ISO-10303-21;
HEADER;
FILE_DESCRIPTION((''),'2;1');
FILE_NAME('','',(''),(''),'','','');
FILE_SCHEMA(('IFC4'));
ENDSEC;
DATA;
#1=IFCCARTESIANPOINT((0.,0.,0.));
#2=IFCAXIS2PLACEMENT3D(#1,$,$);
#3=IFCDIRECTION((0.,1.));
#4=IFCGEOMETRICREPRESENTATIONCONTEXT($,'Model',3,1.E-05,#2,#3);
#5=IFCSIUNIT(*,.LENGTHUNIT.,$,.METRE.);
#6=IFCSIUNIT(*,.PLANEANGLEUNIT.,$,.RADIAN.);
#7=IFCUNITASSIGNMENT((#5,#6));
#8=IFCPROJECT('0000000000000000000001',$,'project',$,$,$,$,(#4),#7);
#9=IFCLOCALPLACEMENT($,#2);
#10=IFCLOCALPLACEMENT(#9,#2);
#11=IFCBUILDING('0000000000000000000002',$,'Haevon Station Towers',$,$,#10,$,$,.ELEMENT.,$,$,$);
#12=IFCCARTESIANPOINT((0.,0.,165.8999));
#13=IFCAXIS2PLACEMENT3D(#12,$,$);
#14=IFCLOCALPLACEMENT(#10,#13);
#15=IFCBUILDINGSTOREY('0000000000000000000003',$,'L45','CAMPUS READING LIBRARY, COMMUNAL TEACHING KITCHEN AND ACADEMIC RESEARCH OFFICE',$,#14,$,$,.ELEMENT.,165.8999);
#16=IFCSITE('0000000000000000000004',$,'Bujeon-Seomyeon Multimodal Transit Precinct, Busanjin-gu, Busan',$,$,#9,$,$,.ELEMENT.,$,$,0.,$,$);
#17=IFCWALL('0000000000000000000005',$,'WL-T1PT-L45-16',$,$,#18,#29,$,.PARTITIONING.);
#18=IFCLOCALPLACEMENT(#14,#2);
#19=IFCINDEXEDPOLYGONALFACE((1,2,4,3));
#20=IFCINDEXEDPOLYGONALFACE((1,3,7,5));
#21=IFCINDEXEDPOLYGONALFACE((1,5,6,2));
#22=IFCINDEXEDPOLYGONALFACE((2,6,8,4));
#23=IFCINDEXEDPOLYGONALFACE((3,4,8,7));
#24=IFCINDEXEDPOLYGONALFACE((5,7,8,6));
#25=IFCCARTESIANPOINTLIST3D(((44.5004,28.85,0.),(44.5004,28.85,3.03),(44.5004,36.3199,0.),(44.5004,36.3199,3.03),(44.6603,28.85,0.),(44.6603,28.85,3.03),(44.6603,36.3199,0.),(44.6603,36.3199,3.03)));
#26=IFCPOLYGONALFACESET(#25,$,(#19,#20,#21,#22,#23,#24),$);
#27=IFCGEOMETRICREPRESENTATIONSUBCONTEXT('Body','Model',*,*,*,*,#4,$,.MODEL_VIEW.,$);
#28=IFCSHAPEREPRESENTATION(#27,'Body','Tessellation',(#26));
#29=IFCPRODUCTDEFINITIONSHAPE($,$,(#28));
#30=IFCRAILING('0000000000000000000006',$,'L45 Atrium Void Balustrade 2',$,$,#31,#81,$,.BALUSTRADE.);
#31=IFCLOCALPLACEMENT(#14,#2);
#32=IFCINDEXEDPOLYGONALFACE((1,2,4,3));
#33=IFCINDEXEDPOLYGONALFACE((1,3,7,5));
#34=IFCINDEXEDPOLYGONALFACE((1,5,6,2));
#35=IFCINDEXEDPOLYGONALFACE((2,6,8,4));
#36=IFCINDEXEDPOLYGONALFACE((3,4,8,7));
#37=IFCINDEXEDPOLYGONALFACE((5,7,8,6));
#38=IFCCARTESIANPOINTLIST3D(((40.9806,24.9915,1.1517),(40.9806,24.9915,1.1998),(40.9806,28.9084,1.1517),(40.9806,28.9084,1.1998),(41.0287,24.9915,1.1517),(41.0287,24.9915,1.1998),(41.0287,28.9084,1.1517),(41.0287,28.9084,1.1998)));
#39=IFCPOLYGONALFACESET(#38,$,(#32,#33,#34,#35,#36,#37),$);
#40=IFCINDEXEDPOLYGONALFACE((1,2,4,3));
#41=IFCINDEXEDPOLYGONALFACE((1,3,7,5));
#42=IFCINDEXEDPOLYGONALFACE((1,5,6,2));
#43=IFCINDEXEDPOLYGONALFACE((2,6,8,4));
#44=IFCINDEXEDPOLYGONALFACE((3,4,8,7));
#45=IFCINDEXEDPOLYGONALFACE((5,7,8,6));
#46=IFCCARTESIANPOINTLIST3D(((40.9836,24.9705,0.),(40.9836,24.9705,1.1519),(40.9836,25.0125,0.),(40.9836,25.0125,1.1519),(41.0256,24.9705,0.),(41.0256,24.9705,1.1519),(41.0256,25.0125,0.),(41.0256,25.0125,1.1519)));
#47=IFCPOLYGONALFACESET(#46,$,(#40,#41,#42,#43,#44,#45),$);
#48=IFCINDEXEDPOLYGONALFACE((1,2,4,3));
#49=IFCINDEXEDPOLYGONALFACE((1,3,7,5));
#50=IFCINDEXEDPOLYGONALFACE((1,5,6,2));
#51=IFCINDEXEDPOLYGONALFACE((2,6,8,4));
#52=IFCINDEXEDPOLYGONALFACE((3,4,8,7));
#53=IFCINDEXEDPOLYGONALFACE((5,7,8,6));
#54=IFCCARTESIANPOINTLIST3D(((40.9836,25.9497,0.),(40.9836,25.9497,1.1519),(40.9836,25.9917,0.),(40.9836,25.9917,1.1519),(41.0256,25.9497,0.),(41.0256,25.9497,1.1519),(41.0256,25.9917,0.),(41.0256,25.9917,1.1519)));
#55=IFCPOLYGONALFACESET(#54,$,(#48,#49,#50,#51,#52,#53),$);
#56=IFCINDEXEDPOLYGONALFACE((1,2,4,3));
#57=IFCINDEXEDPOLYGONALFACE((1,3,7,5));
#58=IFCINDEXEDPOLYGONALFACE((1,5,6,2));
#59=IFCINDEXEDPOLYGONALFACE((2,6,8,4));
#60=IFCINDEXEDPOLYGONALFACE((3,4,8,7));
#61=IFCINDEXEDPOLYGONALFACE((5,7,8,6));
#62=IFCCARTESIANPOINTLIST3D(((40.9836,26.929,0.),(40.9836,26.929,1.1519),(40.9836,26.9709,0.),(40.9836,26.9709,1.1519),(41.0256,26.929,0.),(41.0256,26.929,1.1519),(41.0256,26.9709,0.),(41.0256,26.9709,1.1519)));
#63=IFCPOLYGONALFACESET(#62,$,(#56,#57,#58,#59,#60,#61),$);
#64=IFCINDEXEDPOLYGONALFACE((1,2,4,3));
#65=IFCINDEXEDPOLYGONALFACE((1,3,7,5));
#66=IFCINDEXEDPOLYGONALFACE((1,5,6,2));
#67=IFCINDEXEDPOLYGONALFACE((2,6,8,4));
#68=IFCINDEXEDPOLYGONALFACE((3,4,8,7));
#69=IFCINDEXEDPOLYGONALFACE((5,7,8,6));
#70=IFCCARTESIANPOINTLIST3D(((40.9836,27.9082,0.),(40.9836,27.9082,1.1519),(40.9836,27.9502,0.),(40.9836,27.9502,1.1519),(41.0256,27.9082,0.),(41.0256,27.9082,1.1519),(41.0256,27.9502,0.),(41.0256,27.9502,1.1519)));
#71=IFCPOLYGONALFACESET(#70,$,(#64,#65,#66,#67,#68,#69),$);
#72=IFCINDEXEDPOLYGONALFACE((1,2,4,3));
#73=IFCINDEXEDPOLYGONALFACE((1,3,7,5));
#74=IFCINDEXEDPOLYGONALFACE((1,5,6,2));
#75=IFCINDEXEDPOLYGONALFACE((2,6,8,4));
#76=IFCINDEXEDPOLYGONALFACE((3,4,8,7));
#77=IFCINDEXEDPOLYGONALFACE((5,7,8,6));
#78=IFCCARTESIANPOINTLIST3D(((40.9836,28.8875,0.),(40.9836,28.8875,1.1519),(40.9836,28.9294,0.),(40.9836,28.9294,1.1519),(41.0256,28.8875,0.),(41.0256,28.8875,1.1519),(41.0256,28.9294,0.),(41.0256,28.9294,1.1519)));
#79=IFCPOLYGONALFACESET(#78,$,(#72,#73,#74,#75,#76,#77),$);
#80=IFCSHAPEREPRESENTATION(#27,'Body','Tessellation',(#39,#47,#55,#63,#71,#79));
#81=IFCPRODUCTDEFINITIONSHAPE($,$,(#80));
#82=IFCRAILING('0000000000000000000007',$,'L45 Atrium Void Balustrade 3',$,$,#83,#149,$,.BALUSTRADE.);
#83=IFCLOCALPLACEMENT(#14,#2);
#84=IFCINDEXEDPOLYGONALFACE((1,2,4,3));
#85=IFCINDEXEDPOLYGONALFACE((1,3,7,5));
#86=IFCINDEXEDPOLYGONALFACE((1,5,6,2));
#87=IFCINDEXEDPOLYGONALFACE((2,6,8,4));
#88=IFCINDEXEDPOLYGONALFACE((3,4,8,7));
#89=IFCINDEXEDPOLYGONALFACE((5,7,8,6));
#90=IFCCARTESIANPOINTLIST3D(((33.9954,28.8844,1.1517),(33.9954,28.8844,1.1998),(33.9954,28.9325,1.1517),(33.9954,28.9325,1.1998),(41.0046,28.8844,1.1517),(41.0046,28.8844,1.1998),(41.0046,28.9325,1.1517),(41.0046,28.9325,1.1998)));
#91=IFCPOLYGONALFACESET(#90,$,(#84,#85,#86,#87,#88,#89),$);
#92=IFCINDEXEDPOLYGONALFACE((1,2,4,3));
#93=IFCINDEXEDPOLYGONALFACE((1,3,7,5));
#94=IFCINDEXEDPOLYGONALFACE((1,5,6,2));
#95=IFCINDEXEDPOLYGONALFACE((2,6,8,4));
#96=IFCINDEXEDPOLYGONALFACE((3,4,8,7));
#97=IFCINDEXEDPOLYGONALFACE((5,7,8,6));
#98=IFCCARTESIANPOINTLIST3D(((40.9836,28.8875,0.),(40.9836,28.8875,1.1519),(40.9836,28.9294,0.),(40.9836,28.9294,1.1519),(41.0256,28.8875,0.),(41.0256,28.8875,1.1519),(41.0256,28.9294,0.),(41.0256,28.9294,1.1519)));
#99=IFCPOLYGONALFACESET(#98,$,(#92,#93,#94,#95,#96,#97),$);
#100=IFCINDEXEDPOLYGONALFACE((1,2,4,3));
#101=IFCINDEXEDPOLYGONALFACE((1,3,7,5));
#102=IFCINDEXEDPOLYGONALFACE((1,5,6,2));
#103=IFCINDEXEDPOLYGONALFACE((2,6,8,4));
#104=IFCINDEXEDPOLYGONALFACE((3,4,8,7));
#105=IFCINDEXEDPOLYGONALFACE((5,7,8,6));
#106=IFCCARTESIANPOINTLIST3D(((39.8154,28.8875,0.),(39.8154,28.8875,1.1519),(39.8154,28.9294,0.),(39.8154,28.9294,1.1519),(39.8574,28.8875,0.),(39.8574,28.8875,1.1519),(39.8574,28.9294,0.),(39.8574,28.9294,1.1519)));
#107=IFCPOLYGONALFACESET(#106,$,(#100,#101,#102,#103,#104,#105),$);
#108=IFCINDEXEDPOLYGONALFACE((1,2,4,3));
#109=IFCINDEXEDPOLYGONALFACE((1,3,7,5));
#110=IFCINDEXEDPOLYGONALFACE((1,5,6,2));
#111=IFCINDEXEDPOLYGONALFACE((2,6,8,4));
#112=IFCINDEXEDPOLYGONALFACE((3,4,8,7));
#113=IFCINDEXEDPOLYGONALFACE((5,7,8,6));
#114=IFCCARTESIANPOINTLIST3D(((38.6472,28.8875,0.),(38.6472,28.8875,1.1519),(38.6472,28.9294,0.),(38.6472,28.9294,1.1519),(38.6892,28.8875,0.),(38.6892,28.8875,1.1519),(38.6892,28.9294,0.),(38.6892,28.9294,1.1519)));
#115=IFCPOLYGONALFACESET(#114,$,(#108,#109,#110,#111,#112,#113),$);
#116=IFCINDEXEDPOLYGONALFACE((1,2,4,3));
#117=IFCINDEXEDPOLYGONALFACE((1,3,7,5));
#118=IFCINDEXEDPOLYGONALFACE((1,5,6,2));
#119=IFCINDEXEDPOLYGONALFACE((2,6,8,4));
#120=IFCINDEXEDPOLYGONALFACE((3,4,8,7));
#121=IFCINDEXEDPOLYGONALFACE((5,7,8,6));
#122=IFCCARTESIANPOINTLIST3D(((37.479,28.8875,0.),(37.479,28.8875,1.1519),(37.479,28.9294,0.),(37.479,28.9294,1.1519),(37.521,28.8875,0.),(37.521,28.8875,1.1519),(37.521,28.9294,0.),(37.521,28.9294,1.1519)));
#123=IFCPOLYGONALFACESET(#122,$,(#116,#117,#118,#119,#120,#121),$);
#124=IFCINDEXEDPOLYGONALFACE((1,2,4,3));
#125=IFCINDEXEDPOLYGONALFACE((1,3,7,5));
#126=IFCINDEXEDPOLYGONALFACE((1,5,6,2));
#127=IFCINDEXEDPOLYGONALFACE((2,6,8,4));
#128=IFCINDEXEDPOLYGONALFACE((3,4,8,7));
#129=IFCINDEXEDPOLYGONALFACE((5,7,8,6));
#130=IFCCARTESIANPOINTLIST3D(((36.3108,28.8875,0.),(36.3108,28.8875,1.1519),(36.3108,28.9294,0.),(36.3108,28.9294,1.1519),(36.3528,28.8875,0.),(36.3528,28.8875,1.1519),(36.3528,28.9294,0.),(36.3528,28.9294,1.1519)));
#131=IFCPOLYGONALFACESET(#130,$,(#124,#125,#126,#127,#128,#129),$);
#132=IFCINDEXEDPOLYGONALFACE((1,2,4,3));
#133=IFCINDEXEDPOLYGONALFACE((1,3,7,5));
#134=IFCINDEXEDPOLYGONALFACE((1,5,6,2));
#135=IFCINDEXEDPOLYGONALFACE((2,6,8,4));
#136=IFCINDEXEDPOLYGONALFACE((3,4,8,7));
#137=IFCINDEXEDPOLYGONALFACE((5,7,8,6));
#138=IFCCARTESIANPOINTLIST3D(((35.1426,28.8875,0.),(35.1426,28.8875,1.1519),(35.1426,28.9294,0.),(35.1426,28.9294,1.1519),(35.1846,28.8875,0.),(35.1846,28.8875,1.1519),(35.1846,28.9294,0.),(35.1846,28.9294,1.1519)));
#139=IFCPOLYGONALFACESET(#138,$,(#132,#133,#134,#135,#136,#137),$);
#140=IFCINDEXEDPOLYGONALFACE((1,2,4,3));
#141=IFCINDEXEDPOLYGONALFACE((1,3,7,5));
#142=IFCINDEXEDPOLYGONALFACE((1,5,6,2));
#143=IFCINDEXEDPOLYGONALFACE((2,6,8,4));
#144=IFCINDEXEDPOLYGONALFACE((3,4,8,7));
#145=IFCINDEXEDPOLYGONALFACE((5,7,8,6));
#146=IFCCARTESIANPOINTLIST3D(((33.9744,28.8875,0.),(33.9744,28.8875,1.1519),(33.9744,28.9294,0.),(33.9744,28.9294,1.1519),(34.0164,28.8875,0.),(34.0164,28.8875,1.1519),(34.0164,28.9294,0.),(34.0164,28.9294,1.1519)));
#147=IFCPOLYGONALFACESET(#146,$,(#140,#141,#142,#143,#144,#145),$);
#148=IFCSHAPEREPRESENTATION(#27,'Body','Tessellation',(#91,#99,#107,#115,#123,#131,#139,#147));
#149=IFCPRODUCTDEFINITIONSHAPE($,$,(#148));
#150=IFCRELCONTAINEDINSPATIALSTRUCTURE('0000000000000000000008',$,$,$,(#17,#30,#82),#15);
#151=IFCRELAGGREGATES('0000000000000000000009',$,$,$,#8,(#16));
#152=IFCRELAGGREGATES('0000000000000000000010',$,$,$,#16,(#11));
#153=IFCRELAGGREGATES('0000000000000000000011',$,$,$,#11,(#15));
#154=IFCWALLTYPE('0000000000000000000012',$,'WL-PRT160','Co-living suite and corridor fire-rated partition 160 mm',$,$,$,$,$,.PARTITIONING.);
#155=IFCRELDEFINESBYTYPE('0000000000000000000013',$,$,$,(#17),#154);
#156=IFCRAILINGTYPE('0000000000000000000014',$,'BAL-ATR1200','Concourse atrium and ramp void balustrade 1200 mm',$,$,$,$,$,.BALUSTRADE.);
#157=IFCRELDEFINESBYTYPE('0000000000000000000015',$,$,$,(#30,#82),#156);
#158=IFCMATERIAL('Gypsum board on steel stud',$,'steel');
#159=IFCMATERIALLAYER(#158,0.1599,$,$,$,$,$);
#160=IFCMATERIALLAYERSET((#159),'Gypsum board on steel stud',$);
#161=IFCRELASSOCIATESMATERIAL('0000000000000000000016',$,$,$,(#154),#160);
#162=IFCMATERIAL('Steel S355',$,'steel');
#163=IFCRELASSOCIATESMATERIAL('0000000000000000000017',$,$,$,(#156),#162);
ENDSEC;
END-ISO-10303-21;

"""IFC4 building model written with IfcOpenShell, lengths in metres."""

from ifc_helpers import new_model, si_unit, direction, frame, frame_2d, origin, origin_2d, place, context, subcontext, project, spatial, rectangle, extrude, material, layer, layer_set, type_object, element, save


model = new_model("IFC4")

# Units and contexts
model_context = context("Model", 3, precision=1e-05, world=origin(), true_north=direction((0.0, 1.0)))
body_context = subcontext(model_context, "Body", "Model", "MODEL_VIEW")
ifc_project = project(units=[si_unit("LENGTHUNIT", "METRE"), si_unit("PLANEANGLEUNIT", "RADIAN")], contexts=[model_context])

# Site, building, storey
site_placement = place(None, origin())
site = spatial("IfcSite", under=ifc_project, at=site_placement, Name="Bujeon-Seomyeon Multimodal Transit Precinct, Busanjin-gu, Busan", CompositionType="ELEMENT", RefElevation=0.0)
building_placement = place(site_placement, origin())
building = spatial("IfcBuilding", under=site, at=building_placement, Name="Haevon Station Towers", CompositionType="ELEMENT")
storey_placement = place(building_placement, frame((0.0, 0.0, 165.8999)))
storey = spatial("IfcBuildingStorey", under=building, at=storey_placement, Name="L45", Description="CAMPUS READING LIBRARY, COMMUNAL TEACHING KITCHEN AND ACADEMIC RESEARCH OFFICE", CompositionType="ELEMENT", Elevation=165.8999)

# Shared definitions
ifc_material_1 = material(Name="Steel S355", Category="steel")

# Wall
ifc_material_2 = material(Name="Gypsum board on steel stud", Category="steel")
ifc_layer_1 = layer(ifc_material_2, 0.1599)
ifc_layer_set_1 = layer_set([ifc_layer_1], Name="Gypsum board on steel stud")
wall_type_1 = type_object("IfcWallType", Name="WL-PRT160", Description="Co-living suite and corridor fire-rated partition 160 mm", PredefinedType="PARTITIONING", material=ifc_layer_set_1)
for number, where, z_axis, x_axis, name in (
    (1, (44.5803, 28.8501, 0.0), (0.0, 0.0, 1.0), (0.0, 1.0, 0.0), "WL-T1PT-L45-16"),
):
    element("IfcWall", number, at=place(storey_placement, frame(where, z_axis=z_axis, x_axis=x_axis)), inside=storey, type_object=wall_type_1, Name=name, PredefinedType="PARTITIONING", context=body_context, shape_type="SweptSolid", body=[
        extrude(rectangle(XDim=7.47, YDim=0.1599, at=frame_2d((3.7349, 0.0))), origin(), (0.0, 0.0, 1.0), 3.03),
    ])

# Railings
railing_type = type_object("IfcRailingType", Name="BAL-ATR1200", Description="Concourse atrium and ramp void balustrade 1200 mm", PredefinedType="BALUSTRADE", material=ifc_material_1)
railing_1_placement = place(storey_placement, frame((41.0046, 24.9915, 0.0)))
element("IfcRailing", 2, at=railing_1_placement, inside=storey, type_object=railing_type, Name="L45 Atrium Void Balustrade 2", PredefinedType="BALUSTRADE", context=body_context, shape_type="SweptSolid", body=[
    extrude(rectangle(XDim=0.0481, YDim=0.0481, at=origin_2d()), frame((0.0, 0.0, 1.1758), z_axis=(0.0, 1.0, 0.0), x_axis=(-1.0, 0.0, 0.0)), (0.0, 0.0, 1.0), 3.917),
    extrude(rectangle(XDim=0.042, YDim=0.042, at=origin_2d()), origin(), (0.0, 0.0, 1.0), 1.1519),
    extrude(rectangle(XDim=0.042, YDim=0.042, at=origin_2d()), frame((0.0, 0.9792, 0.0)), (0.0, 0.0, 1.0), 1.1519),
    extrude(rectangle(XDim=0.042, YDim=0.042, at=origin_2d()), frame((0.0, 1.9585, 0.0)), (0.0, 0.0, 1.0), 1.1519),
    extrude(rectangle(XDim=0.042, YDim=0.042, at=origin_2d()), frame((0.0, 2.9377, 0.0)), (0.0, 0.0, 1.0), 1.1519),
    extrude(rectangle(XDim=0.042, YDim=0.042, at=origin_2d()), frame((0.0, 3.917, 0.0)), (0.0, 0.0, 1.0), 1.1519),
])
railing_2_placement = place(storey_placement, frame((41.0046, 28.9084, 0.0)))
element("IfcRailing", 3, at=railing_2_placement, inside=storey, type_object=railing_type, Name="L45 Atrium Void Balustrade 3", PredefinedType="BALUSTRADE", context=body_context, shape_type="SweptSolid", body=[
    extrude(rectangle(XDim=0.0481, YDim=0.0481, at=origin_2d()), frame((0.0, 0.0, 1.1758), z_axis=(-1.0, 0.0, 0.0), x_axis=(0.0, -1.0, 0.0)), (0.0, 0.0, 1.0), 7.0093),
    extrude(rectangle(XDim=0.042, YDim=0.042, at=origin_2d()), origin(), (0.0, 0.0, 1.0), 1.1519),
    extrude(rectangle(XDim=0.042, YDim=0.042, at=origin_2d()), frame((-1.1682, 0.0, 0.0)), (0.0, 0.0, 1.0), 1.1519),
    extrude(rectangle(XDim=0.042, YDim=0.042, at=origin_2d()), frame((-2.3364, 0.0, 0.0)), (0.0, 0.0, 1.0), 1.1519),
    extrude(rectangle(XDim=0.042, YDim=0.042, at=origin_2d()), frame((-3.5046, 0.0, 0.0)), (0.0, 0.0, 1.0), 1.1519),
    extrude(rectangle(XDim=0.042, YDim=0.042, at=origin_2d()), frame((-4.6729, 0.0, 0.0)), (0.0, 0.0, 1.0), 1.1519),
    extrude(rectangle(XDim=0.042, YDim=0.042, at=origin_2d()), frame((-5.8411, 0.0, 0.0)), (0.0, 0.0, 1.0), 1.1519),
    extrude(rectangle(XDim=0.042, YDim=0.042, at=origin_2d()), frame((-7.0093, 0.0, 0.0)), (0.0, 0.0, 1.0), 1.1519),
])

save(model, "model.ifc")
